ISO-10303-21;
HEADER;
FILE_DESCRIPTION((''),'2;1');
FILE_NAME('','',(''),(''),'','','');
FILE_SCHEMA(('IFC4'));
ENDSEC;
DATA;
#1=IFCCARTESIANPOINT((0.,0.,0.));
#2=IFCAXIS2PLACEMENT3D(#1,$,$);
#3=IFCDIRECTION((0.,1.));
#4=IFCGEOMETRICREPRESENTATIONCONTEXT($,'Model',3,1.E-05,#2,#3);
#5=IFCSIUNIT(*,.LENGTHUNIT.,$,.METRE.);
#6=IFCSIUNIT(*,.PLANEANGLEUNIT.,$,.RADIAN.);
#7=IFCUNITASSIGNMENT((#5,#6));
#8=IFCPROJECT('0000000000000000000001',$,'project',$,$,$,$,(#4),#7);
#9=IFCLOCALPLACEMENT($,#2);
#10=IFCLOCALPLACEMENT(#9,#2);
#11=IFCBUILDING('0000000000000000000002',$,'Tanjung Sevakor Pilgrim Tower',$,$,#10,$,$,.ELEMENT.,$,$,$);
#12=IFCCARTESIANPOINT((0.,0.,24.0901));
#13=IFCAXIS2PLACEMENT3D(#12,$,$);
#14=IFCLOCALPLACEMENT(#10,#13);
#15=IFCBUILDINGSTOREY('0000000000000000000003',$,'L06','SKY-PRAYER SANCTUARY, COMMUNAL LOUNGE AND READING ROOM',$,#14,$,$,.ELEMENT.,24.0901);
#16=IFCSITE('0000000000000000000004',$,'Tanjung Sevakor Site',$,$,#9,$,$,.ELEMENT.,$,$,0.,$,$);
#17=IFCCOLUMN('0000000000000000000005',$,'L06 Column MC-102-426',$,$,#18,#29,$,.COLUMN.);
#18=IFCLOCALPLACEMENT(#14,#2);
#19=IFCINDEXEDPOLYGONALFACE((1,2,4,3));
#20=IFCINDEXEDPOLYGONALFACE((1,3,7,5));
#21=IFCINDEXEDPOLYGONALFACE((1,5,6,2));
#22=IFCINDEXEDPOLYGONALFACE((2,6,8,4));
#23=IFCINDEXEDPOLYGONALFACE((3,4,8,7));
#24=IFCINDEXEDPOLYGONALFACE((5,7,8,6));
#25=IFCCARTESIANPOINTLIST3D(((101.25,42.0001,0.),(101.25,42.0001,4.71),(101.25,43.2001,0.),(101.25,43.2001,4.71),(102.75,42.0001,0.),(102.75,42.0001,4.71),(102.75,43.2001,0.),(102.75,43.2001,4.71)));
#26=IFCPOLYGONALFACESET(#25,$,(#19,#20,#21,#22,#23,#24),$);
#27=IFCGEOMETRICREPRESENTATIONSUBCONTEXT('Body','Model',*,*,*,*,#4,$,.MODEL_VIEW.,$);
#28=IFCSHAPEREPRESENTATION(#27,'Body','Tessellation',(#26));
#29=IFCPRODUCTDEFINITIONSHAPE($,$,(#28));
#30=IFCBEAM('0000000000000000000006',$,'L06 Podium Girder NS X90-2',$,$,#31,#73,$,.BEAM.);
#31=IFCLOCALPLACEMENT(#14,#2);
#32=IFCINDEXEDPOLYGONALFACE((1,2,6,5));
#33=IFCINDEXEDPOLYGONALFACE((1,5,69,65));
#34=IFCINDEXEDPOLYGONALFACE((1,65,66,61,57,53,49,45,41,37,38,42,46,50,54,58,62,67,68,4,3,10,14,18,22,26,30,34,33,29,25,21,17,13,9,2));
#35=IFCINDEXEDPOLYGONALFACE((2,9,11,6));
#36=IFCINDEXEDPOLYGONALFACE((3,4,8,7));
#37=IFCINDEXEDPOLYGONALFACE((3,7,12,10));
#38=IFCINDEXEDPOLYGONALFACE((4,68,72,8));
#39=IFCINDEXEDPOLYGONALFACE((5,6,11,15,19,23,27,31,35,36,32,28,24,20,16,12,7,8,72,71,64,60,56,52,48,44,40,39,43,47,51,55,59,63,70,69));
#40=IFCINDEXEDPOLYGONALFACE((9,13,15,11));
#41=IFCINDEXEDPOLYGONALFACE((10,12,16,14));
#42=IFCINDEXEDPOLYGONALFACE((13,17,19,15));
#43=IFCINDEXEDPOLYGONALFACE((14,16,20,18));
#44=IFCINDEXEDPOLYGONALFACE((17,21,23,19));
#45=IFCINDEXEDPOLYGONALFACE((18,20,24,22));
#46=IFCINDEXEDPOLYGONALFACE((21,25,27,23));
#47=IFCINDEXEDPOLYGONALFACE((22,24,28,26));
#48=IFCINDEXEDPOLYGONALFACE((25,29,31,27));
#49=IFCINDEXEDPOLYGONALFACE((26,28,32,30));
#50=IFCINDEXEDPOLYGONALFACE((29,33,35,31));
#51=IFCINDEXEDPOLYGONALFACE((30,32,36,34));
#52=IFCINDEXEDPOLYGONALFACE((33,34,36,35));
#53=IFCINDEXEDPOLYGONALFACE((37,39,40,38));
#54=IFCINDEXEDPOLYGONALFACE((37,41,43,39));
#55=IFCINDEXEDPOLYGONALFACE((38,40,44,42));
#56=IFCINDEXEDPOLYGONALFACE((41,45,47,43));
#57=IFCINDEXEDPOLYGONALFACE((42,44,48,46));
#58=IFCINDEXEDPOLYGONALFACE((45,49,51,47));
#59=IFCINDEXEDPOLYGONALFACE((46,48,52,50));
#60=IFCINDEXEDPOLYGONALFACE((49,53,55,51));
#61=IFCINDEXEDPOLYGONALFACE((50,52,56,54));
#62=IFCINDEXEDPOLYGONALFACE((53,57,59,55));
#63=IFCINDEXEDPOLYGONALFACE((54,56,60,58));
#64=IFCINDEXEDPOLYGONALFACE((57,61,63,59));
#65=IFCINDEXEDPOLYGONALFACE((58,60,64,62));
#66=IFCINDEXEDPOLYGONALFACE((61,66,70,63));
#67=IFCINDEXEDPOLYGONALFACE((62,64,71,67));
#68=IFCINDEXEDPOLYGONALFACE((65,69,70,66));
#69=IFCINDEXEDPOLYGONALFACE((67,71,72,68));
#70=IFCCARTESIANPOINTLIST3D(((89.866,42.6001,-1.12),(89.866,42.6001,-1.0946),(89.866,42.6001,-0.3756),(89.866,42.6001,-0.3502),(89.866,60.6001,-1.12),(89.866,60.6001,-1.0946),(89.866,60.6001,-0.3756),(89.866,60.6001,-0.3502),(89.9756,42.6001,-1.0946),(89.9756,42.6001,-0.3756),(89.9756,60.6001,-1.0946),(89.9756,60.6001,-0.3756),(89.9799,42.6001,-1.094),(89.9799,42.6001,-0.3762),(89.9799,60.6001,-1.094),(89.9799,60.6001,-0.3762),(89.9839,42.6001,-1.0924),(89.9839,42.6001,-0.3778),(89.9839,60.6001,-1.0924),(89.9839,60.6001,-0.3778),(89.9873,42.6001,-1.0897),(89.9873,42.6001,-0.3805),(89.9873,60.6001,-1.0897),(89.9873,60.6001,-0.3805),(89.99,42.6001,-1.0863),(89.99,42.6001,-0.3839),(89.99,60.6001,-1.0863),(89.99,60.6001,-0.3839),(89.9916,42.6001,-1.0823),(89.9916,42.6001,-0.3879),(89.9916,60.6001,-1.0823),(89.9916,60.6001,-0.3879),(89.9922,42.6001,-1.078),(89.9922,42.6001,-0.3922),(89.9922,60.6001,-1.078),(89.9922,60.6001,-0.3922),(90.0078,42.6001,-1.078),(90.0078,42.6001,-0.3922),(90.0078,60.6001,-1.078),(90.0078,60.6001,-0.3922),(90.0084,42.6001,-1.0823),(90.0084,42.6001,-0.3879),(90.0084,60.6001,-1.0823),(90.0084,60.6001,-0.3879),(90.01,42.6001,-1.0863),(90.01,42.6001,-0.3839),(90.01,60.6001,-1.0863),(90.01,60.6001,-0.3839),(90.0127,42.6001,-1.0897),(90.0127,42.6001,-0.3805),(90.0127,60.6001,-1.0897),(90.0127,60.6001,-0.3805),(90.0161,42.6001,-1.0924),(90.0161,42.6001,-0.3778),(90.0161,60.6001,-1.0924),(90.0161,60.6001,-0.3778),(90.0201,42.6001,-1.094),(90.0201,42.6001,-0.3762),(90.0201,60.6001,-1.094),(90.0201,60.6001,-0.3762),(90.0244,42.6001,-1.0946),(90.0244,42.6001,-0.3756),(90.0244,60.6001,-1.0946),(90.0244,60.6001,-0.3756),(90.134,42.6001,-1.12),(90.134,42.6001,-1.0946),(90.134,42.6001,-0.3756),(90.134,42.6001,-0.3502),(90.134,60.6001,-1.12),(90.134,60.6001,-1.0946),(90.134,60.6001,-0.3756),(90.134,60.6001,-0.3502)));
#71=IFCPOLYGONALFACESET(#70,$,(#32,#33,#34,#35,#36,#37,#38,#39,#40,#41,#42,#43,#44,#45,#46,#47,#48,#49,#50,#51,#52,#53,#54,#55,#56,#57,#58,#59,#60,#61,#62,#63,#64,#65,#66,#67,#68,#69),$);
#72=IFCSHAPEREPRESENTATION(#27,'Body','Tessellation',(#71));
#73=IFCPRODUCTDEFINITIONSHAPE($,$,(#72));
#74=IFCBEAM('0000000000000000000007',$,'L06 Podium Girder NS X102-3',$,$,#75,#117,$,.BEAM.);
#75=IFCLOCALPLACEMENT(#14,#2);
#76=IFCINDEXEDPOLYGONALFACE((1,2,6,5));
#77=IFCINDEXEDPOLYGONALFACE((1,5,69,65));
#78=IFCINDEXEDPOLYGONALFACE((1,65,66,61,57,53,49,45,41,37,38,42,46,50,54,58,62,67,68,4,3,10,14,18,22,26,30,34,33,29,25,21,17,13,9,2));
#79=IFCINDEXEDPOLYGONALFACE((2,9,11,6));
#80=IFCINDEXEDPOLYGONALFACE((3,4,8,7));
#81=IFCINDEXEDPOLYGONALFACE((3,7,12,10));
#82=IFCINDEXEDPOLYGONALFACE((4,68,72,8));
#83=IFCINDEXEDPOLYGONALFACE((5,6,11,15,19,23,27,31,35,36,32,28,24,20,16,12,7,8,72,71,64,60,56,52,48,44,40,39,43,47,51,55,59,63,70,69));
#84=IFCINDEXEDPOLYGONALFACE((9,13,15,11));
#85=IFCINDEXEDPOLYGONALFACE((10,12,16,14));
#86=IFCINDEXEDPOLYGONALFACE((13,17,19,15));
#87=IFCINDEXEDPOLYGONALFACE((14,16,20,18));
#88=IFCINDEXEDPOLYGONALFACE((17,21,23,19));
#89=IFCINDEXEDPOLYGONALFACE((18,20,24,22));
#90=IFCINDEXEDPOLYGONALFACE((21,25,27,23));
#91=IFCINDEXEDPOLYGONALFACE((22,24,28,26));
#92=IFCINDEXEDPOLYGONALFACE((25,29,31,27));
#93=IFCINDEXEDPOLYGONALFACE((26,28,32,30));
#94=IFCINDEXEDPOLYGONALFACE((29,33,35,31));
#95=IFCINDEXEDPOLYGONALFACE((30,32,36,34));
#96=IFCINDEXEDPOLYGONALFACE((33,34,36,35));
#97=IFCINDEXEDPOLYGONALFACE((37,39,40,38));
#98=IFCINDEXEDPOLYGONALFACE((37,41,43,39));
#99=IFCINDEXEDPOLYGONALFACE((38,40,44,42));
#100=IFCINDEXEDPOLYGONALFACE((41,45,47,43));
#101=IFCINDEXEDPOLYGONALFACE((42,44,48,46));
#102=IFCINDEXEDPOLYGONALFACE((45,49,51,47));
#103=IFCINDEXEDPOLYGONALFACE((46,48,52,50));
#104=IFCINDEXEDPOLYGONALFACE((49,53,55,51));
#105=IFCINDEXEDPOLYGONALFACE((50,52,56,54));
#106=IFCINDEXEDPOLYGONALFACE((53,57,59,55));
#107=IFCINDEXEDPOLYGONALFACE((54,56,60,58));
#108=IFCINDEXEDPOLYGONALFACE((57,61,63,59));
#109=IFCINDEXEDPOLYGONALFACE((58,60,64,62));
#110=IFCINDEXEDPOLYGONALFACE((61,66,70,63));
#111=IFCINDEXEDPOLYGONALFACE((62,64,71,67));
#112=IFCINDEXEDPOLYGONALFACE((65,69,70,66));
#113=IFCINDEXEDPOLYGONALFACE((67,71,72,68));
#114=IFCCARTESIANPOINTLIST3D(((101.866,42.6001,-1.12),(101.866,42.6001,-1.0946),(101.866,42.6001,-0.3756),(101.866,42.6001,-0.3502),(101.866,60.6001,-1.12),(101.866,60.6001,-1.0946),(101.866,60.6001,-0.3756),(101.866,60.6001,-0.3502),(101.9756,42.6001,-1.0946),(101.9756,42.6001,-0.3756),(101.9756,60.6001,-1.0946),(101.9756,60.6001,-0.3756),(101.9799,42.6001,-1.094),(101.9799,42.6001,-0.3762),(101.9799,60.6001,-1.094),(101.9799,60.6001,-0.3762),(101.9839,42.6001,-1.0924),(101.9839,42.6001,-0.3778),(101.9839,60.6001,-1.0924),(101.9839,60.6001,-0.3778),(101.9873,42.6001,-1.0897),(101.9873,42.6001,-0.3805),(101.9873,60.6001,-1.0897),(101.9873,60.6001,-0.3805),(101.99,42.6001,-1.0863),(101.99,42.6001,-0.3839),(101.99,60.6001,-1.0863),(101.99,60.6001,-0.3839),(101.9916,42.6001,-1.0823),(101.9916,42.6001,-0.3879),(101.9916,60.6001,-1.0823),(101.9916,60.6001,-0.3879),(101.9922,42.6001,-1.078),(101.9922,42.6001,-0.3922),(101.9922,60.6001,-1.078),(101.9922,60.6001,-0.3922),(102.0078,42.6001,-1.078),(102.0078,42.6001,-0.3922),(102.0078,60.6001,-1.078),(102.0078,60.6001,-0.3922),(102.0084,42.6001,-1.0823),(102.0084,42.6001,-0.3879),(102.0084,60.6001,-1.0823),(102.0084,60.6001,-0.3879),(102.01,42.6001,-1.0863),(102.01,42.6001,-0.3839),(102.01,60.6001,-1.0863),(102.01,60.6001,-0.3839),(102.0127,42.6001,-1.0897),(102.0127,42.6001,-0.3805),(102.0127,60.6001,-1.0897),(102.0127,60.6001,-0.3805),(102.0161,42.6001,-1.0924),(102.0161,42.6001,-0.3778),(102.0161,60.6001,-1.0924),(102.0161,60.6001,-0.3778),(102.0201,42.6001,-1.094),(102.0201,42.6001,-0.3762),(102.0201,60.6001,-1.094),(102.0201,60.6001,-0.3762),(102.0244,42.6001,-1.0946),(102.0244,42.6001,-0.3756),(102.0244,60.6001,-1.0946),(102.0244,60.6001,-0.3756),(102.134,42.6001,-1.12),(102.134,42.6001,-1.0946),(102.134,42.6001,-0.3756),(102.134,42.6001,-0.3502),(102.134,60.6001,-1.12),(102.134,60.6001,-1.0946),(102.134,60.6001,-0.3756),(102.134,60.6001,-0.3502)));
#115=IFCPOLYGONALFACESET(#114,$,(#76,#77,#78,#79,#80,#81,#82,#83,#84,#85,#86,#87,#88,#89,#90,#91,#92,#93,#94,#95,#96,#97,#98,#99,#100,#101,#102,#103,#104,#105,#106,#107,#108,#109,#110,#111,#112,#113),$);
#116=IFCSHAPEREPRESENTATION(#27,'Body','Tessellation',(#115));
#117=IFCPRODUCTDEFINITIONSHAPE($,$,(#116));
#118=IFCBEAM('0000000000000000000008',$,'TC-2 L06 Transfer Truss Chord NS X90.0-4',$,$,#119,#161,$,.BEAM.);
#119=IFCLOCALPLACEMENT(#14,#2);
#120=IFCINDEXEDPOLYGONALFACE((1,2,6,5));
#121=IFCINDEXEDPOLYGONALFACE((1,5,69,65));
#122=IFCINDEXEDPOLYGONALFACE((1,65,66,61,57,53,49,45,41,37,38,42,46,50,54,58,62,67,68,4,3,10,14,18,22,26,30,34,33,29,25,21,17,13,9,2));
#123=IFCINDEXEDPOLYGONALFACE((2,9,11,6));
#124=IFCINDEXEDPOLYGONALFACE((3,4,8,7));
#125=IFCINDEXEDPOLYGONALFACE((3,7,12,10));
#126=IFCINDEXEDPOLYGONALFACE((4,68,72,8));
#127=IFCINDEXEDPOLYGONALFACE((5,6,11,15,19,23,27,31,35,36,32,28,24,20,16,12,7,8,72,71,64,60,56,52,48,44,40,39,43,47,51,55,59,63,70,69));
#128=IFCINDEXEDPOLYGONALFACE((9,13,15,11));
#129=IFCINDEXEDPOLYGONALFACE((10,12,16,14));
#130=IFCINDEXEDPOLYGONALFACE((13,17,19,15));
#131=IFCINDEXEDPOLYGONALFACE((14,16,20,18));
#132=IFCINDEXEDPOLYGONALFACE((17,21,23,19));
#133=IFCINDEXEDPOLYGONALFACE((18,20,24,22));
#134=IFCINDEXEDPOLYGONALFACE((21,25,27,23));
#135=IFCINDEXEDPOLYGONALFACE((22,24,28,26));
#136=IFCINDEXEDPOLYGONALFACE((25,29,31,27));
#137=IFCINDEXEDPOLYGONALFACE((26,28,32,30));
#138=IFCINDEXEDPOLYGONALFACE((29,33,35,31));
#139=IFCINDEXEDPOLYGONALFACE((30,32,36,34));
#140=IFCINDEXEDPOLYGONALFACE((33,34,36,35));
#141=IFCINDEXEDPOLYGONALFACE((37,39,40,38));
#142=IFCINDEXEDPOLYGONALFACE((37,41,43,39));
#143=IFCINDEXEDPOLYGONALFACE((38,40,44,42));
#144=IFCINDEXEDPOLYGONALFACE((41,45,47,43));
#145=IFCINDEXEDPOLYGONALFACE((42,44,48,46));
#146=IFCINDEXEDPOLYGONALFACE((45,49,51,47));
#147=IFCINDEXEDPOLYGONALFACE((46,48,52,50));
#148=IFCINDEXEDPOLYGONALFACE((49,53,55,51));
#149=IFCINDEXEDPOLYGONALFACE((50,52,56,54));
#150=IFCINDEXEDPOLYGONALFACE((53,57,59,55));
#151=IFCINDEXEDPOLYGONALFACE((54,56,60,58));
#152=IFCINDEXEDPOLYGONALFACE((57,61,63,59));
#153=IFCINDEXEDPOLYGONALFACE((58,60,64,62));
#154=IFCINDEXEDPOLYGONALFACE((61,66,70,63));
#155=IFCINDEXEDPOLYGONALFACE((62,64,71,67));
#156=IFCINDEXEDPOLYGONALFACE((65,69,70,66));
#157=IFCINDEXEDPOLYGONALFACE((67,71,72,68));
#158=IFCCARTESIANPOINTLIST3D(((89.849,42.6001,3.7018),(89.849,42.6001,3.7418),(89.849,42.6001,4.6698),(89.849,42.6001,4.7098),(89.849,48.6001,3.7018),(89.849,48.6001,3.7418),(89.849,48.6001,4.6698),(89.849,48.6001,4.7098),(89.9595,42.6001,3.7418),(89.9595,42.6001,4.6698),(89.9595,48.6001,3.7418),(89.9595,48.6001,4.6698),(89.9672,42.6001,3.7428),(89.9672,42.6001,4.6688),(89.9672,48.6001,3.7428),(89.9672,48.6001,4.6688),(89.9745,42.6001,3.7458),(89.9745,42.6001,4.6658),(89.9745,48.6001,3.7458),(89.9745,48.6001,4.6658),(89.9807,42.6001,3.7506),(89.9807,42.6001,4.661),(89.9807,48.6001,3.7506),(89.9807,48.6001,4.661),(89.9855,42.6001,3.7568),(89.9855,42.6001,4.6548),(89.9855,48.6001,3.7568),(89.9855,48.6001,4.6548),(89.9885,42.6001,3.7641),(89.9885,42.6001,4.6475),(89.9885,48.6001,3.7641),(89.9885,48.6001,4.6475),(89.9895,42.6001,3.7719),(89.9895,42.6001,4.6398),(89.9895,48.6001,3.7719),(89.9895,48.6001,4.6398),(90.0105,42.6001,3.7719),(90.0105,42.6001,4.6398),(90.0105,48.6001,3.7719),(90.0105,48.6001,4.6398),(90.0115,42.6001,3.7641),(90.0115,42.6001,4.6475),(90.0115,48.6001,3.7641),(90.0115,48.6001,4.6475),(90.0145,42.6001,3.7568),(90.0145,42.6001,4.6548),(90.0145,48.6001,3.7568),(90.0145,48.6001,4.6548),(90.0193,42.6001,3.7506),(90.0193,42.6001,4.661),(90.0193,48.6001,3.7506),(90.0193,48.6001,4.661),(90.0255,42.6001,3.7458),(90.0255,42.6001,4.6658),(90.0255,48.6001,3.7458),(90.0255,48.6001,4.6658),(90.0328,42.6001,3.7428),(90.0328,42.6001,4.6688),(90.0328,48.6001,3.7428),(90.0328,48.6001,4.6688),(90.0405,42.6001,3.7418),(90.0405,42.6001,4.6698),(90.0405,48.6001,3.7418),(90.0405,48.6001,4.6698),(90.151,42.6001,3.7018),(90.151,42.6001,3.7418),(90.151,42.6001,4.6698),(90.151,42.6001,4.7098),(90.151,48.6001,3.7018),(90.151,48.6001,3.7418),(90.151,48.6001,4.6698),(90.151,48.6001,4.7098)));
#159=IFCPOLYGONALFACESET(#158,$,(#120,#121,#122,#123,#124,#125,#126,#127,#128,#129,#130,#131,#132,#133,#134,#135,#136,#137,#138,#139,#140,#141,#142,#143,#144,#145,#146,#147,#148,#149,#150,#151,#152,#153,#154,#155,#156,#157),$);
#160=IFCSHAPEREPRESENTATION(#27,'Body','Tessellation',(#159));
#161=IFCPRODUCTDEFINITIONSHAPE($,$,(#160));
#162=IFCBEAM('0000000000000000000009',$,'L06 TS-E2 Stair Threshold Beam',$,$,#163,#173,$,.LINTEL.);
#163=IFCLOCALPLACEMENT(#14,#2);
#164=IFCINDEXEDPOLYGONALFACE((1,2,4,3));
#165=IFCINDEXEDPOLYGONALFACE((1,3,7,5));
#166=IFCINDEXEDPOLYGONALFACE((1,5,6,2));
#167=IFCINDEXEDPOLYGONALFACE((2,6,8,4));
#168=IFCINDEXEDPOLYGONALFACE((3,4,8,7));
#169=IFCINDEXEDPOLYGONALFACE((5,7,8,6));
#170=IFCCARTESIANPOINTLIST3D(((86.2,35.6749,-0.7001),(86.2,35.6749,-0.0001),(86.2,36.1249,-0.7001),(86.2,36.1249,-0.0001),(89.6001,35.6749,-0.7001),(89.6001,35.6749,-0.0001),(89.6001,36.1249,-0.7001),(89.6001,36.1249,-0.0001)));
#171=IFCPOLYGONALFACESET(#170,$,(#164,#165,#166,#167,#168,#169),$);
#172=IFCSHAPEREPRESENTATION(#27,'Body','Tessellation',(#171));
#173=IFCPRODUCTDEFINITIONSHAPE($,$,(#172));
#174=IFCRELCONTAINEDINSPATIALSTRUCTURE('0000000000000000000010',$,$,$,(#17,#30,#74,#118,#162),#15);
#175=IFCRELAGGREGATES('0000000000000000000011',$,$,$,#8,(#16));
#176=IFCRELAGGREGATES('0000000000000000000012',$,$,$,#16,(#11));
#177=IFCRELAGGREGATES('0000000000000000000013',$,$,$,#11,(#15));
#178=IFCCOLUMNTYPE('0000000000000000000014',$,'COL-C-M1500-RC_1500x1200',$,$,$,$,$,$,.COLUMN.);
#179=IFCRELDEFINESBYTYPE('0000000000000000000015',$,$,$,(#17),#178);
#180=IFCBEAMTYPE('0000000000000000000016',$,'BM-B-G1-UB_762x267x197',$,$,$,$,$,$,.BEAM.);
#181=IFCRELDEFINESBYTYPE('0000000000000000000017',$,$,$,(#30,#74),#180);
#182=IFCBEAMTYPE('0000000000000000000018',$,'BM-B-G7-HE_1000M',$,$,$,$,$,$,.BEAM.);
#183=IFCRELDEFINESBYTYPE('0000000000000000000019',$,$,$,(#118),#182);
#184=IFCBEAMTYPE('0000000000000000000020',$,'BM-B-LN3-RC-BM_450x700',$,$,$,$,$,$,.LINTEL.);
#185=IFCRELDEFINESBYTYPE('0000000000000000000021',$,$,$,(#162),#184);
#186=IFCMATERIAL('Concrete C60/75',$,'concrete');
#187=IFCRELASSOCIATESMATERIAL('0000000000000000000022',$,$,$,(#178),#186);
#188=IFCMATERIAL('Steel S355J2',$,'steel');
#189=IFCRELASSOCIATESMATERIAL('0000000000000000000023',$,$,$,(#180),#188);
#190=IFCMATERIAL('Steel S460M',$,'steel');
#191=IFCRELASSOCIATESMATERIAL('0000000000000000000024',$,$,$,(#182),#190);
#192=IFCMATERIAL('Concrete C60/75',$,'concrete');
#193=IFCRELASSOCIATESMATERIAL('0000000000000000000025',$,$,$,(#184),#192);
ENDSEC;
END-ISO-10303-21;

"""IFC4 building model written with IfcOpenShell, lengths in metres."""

from ifc_helpers import new_model, si_unit, direction, frame, origin, origin_2d, place, context, subcontext, project, spatial, rectangle, i_section, extrude, material, material_profile, profile_set, type_object, element, save


model = new_model("IFC4")

# Units and contexts
model_context = context("Model", 3, precision=1e-05, world=origin(), true_north=direction((0.0, 1.0)))
body_context = subcontext(model_context, "Body", "Model", "MODEL_VIEW")
ifc_project = project(units=[si_unit("LENGTHUNIT", "METRE"), si_unit("PLANEANGLEUNIT", "RADIAN")], contexts=[model_context])

# Site, building, storey
site_placement = place(None, origin())
site = spatial("IfcSite", under=ifc_project, at=site_placement, Name="Tanjung Sevakor Site", CompositionType="ELEMENT", RefElevation=0.0)
building_placement = place(site_placement, origin())
building = spatial("IfcBuilding", under=site, at=building_placement, Name="Tanjung Sevakor Pilgrim Tower", CompositionType="ELEMENT")
storey_placement = place(building_placement, frame((0.0, 0.0, 24.0901)))
storey = spatial("IfcBuildingStorey", under=building, at=storey_placement, Name="L06", Description="SKY-PRAYER SANCTUARY, COMMUNAL LOUNGE AND READING ROOM", CompositionType="ELEMENT", Elevation=24.0901)

# Column
ifc_material_1 = material(Name="Concrete C60/75", Category="concrete")
ifc_material_profile_1 = material_profile(ifc_material_1, rectangle(XDim=1.5, YDim=1.2, at=origin_2d()))
ifc_profile_set_1 = profile_set([ifc_material_profile_1], Name="Concrete C60/75")
column_type = type_object("IfcColumnType", Name="COL-C-M1500-RC_1500x1200", PredefinedType="COLUMN", material=ifc_profile_set_1)
column_placement = place(storey_placement, frame((102.0, 42.6001, 0.0), z_axis=(0.0, 0.0, 1.0), x_axis=(1.0, 0.0, 0.0)))
element("IfcColumn", 1, at=column_placement, inside=storey, type_object=column_type, Name="L06 Column MC-102-426", PredefinedType="COLUMN", context=body_context, shape_type="SweptSolid", body=[
    extrude(rectangle(XDim=1.5, YDim=1.2, at=origin_2d()), origin(), (0.0, 0.0, 1.0), 4.71),
])

# Beams
ifc_material_2 = material(Name="Steel S355J2", Category="steel")
ifc_material_profile_2 = material_profile(ifc_material_2, i_section(OverallWidth=0.2681, OverallDepth=0.7698, WebThickness=0.0156, FlangeThickness=0.0254, FilletRadius=0.0166, at=origin_2d()))
ifc_profile_set_2 = profile_set([ifc_material_profile_2], Name="Steel S355J2")
beam_type_1 = type_object("IfcBeamType", Name="BM-B-G1-UB_762x267x197", PredefinedType="BEAM", material=ifc_profile_set_2)
for number, where, z_axis, x_axis, name in (
    (2, (90.0, 42.6001, -0.7351), (0.0, 1.0, 0.0), (-1.0, 0.0, 0.0), "L06 Podium Girder NS X90-2"),
    (3, (102.0, 42.6001, -0.7351), (0.0, 1.0, 0.0), (-1.0, 0.0, 0.0), "L06 Podium Girder NS X102-3"),
):
    element("IfcBeam", number, at=place(storey_placement, frame(where, z_axis=z_axis, x_axis=x_axis)), inside=storey, type_object=beam_type_1, Name=name, PredefinedType="BEAM", context=body_context, shape_type="SweptSolid", body=[
        extrude(i_section(OverallWidth=0.2681, OverallDepth=0.7698, WebThickness=0.0156, FlangeThickness=0.0254, FilletRadius=0.0166, at=origin_2d()), origin(), (0.0, 0.0, 1.0), 18.0),
    ])
ifc_material_3 = material(Name="Steel S460M", Category="steel")
ifc_material_profile_3 = material_profile(ifc_material_3, i_section(OverallWidth=0.302, OverallDepth=1.0081, WebThickness=0.021, FlangeThickness=0.04, FilletRadius=0.03, at=origin_2d()))
ifc_profile_set_3 = profile_set([ifc_material_profile_3], Name="Steel S460M")
beam_type_2 = type_object("IfcBeamType", Name="BM-B-G7-HE_1000M", PredefinedType="BEAM", material=ifc_profile_set_3)
beam_1_placement = place(storey_placement, frame((90.0, 42.6001, 4.2058), z_axis=(0.0, 1.0, 0.0), x_axis=(-1.0, 0.0, 0.0)))
element("IfcBeam", 4, at=beam_1_placement, inside=storey, type_object=beam_type_2, Name="TC-2 L06 Transfer Truss Chord NS X90.0-4", PredefinedType="BEAM", context=body_context, shape_type="SweptSolid", body=[
    extrude(i_section(OverallWidth=0.302, OverallDepth=1.0081, WebThickness=0.021, FlangeThickness=0.04, FilletRadius=0.03, at=origin_2d()), origin(), (0.0, 0.0, 1.0), 6.0),
])
ifc_material_4 = material(Name="Concrete C60/75", Category="concrete")
ifc_material_profile_4 = material_profile(ifc_material_4, rectangle(XDim=0.45, YDim=0.7, at=origin_2d()))
ifc_profile_set_4 = profile_set([ifc_material_profile_4], Name="Concrete C60/75")
beam_type_3 = type_object("IfcBeamType", Name="BM-B-LN3-RC-BM_450x700", PredefinedType="LINTEL", material=ifc_profile_set_4)
beam_2_placement = place(storey_placement, frame((86.2, 35.8999, -0.3501), z_axis=(1.0, 0.0, 0.0), x_axis=(0.0, 1.0, 0.0)))
element("IfcBeam", 5, at=beam_2_placement, inside=storey, type_object=beam_type_3, Name="L06 TS-E2 Stair Threshold Beam", PredefinedType="LINTEL", context=body_context, shape_type="SweptSolid", body=[
    extrude(rectangle(XDim=0.45, YDim=0.7, at=origin_2d()), origin(), (0.0, 0.0, 1.0), 3.4001),
])

save(model, "model.ifc")
